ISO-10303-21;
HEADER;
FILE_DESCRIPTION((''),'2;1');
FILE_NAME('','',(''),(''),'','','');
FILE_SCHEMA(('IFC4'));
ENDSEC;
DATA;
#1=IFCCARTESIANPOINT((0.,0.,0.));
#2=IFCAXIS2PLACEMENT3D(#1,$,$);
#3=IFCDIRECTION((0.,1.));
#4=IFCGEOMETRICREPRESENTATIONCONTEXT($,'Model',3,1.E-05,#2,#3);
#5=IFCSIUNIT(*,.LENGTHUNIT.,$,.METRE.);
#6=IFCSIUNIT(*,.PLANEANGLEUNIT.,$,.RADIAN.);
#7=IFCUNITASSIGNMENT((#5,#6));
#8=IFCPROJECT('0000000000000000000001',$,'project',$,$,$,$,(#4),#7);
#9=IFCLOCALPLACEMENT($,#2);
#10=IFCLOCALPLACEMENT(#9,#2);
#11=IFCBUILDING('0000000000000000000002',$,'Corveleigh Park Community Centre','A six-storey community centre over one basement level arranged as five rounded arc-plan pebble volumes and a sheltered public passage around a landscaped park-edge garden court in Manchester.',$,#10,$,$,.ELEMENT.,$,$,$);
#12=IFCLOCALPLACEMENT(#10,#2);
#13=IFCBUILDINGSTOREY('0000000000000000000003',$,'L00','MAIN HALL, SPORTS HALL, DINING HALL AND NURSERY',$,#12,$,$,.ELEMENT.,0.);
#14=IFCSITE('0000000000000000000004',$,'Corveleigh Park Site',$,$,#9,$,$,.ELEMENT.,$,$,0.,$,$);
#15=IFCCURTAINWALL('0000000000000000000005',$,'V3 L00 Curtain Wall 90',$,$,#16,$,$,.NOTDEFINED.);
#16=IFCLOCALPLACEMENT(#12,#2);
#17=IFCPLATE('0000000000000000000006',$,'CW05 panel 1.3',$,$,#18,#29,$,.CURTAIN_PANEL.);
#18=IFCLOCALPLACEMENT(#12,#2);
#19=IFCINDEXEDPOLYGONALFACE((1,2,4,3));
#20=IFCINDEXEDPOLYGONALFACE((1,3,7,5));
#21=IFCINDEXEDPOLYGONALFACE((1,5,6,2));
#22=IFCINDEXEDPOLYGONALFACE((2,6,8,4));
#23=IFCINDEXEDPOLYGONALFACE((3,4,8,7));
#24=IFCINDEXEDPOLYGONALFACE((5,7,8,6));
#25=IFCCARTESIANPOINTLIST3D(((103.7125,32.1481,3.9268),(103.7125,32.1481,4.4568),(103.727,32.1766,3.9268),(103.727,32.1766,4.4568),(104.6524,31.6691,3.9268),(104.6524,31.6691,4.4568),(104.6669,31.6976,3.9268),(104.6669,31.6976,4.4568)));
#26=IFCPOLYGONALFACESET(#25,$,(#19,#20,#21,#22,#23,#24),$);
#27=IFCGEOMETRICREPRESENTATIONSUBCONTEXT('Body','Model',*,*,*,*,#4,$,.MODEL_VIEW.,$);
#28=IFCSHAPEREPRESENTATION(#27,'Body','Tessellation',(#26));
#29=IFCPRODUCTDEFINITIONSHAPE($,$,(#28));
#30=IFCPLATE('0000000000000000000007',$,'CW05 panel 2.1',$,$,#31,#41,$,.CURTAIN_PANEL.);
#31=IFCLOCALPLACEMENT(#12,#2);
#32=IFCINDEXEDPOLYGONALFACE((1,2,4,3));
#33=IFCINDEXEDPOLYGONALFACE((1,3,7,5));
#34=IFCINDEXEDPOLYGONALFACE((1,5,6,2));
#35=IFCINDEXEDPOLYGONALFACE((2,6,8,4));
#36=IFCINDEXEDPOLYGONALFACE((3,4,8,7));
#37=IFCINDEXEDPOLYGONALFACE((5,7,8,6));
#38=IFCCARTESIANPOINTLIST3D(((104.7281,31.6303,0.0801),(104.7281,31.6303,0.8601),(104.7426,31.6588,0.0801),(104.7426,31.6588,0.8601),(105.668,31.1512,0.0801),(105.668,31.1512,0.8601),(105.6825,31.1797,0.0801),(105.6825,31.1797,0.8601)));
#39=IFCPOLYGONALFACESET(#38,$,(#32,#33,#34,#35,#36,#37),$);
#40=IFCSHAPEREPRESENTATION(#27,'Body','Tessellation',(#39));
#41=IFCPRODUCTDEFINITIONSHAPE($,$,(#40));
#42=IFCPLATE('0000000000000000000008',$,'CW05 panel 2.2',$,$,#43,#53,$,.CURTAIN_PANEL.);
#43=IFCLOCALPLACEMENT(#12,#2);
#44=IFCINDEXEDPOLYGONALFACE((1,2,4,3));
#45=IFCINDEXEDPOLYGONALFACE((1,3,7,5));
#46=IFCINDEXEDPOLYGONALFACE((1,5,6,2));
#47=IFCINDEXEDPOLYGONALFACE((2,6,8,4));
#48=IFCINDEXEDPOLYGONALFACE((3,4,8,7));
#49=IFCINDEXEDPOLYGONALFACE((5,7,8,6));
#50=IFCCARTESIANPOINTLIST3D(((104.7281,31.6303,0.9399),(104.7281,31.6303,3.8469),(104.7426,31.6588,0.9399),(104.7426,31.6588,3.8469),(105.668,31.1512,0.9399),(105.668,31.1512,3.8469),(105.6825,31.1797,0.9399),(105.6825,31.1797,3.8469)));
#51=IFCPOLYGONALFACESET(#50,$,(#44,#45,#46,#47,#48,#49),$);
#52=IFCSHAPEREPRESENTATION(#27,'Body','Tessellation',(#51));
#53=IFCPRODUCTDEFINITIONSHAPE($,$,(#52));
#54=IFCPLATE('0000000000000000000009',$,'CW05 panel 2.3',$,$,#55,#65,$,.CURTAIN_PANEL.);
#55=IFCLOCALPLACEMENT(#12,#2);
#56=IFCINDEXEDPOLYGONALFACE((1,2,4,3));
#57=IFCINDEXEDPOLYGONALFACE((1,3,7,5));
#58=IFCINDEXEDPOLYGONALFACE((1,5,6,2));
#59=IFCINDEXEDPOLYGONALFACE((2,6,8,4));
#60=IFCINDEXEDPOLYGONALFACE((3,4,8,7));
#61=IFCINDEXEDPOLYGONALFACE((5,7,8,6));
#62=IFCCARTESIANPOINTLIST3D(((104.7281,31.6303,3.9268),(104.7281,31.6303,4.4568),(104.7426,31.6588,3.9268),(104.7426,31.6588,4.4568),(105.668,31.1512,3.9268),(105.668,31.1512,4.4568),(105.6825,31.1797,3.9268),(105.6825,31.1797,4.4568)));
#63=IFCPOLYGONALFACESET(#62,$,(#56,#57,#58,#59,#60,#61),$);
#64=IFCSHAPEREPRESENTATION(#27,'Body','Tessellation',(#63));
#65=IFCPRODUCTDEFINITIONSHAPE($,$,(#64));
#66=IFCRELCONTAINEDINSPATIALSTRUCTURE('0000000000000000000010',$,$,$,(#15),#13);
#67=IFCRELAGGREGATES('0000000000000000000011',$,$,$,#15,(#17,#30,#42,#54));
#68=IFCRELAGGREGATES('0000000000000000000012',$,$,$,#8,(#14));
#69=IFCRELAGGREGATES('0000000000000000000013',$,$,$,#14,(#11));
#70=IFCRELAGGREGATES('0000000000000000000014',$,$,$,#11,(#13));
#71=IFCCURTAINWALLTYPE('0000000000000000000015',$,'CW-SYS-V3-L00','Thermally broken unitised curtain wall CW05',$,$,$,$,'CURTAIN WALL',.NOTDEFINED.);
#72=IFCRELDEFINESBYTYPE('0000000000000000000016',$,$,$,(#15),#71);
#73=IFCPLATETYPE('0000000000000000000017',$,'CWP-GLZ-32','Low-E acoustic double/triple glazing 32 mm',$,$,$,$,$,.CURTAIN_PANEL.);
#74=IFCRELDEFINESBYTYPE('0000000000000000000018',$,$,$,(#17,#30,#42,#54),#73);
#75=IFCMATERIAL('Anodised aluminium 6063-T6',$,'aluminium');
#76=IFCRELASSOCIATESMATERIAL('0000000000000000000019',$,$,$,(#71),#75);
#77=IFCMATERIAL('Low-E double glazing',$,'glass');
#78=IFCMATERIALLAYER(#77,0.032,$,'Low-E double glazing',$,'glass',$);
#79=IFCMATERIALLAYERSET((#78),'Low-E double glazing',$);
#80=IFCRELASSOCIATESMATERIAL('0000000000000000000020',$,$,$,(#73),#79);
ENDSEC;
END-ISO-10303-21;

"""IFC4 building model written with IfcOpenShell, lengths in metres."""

from ifc_helpers import new_model, si_unit, direction, frame, origin, origin_2d, place, context, subcontext, project, spatial, rectangle, extrude, material, layer, layer_set, type_object, element, aggregate, save


model = new_model("IFC4")

# Units and contexts
model_context = context("Model", 3, precision=1e-05, world=origin(), true_north=direction((0.0, 1.0)))
body_context = subcontext(model_context, "Body", "Model", "MODEL_VIEW")
ifc_project = project(units=[si_unit("LENGTHUNIT", "METRE"), si_unit("PLANEANGLEUNIT", "RADIAN")], contexts=[model_context])

# Site, building, storey
site_placement = place(None, origin())
site = spatial("IfcSite", under=ifc_project, at=site_placement, Name="Corveleigh Park Site", CompositionType="ELEMENT", RefElevation=0.0)
building_placement = place(site_placement, origin())
building = spatial("IfcBuilding", under=site, at=building_placement, Name="Corveleigh Park Community Centre", Description="A six-storey community centre over one basement level arranged as five rounded arc-plan pebble volumes and a sheltered public passage around a landscaped park-edge garden court in Manchester.", CompositionType="ELEMENT")
storey_placement = place(building_placement, origin())
storey = spatial("IfcBuildingStorey", under=building, at=storey_placement, Name="L00", Description="MAIN HALL, SPORTS HALL, DINING HALL AND NURSERY", CompositionType="ELEMENT", Elevation=0.0)

# Curtain wall, plates
ifc_material_1 = material(Name="Anodised aluminium 6063-T6", Category="aluminium")
curtain_wall_type = type_object("IfcCurtainWallType", Name="CW-SYS-V3-L00", Description="Thermally broken unitised curtain wall CW05", ElementType="CURTAIN WALL", PredefinedType="NOTDEFINED", material=ifc_material_1)
curtain_wall_placement = place(storey_placement, origin())
curtain_wall = element("IfcCurtainWall", 1, at=curtain_wall_placement, inside=storey, type_object=curtain_wall_type, Name="V3 L00 Curtain Wall 90", PredefinedType="NOTDEFINED")
ifc_material_2 = material(Name="Low-E double glazing", Category="glass")
ifc_layer = layer(ifc_material_2, 0.032, Name="Low-E double glazing", Category="glass")
ifc_layer_set = layer_set([ifc_layer], Name="Low-E double glazing")
plate_type = type_object("IfcPlateType", Name="CWP-GLZ-32", Description="Low-E acoustic double/triple glazing 32 mm", PredefinedType="CURTAIN_PANEL", material=ifc_layer_set)
plate_1_placement = place(storey_placement, frame((104.1897, 31.9229, 3.9268), z_axis=(0.0, 0.0, 1.0), x_axis=(0.890933, -0.454135, 0.0)))
plate_1 = element("IfcPlate", 2, at=plate_1_placement, type_object=plate_type, Name="CW05 panel 1.3", PredefinedType="CURTAIN_PANEL", context=body_context, shape_type="SweptSolid", body=[
    extrude(rectangle(XDim=1.0549, YDim=0.032, at=origin_2d()), origin(), (0.0, 0.0, 1.0), 0.53),
])
plate_2_placement = place(storey_placement, frame((105.2053, 31.405, 0.0801), z_axis=(0.0, 0.0, 1.0), x_axis=(0.890933, -0.454135, 0.0)))
plate_2 = element("IfcPlate", 3, at=plate_2_placement, type_object=plate_type, Name="CW05 panel 2.1", PredefinedType="CURTAIN_PANEL", context=body_context, shape_type="SweptSolid", body=[
    extrude(rectangle(XDim=1.0549, YDim=0.032, at=origin_2d()), origin(), (0.0, 0.0, 1.0), 0.78),
])
plate_3_placement = place(storey_placement, frame((105.2053, 31.405, 0.9399), z_axis=(0.0, 0.0, 1.0), x_axis=(0.890933, -0.454135, 0.0)))
plate_3 = element("IfcPlate", 4, at=plate_3_placement, type_object=plate_type, Name="CW05 panel 2.2", PredefinedType="CURTAIN_PANEL", context=body_context, shape_type="SweptSolid", body=[
    extrude(rectangle(XDim=1.0549, YDim=0.032, at=origin_2d()), origin(), (0.0, 0.0, 1.0), 2.907),
])
plate_4_placement = place(storey_placement, frame((105.2053, 31.405, 3.9268), z_axis=(0.0, 0.0, 1.0), x_axis=(0.890933, -0.454135, 0.0)))
plate_4 = element("IfcPlate", 5, at=plate_4_placement, type_object=plate_type, Name="CW05 panel 2.3", PredefinedType="CURTAIN_PANEL", context=body_context, shape_type="SweptSolid", body=[
    extrude(rectangle(XDim=1.0549, YDim=0.032, at=origin_2d()), origin(), (0.0, 0.0, 1.0), 0.53),
])
aggregate(curtain_wall, [plate_1, plate_2, plate_3, plate_4])

save(model, "model.ifc")
